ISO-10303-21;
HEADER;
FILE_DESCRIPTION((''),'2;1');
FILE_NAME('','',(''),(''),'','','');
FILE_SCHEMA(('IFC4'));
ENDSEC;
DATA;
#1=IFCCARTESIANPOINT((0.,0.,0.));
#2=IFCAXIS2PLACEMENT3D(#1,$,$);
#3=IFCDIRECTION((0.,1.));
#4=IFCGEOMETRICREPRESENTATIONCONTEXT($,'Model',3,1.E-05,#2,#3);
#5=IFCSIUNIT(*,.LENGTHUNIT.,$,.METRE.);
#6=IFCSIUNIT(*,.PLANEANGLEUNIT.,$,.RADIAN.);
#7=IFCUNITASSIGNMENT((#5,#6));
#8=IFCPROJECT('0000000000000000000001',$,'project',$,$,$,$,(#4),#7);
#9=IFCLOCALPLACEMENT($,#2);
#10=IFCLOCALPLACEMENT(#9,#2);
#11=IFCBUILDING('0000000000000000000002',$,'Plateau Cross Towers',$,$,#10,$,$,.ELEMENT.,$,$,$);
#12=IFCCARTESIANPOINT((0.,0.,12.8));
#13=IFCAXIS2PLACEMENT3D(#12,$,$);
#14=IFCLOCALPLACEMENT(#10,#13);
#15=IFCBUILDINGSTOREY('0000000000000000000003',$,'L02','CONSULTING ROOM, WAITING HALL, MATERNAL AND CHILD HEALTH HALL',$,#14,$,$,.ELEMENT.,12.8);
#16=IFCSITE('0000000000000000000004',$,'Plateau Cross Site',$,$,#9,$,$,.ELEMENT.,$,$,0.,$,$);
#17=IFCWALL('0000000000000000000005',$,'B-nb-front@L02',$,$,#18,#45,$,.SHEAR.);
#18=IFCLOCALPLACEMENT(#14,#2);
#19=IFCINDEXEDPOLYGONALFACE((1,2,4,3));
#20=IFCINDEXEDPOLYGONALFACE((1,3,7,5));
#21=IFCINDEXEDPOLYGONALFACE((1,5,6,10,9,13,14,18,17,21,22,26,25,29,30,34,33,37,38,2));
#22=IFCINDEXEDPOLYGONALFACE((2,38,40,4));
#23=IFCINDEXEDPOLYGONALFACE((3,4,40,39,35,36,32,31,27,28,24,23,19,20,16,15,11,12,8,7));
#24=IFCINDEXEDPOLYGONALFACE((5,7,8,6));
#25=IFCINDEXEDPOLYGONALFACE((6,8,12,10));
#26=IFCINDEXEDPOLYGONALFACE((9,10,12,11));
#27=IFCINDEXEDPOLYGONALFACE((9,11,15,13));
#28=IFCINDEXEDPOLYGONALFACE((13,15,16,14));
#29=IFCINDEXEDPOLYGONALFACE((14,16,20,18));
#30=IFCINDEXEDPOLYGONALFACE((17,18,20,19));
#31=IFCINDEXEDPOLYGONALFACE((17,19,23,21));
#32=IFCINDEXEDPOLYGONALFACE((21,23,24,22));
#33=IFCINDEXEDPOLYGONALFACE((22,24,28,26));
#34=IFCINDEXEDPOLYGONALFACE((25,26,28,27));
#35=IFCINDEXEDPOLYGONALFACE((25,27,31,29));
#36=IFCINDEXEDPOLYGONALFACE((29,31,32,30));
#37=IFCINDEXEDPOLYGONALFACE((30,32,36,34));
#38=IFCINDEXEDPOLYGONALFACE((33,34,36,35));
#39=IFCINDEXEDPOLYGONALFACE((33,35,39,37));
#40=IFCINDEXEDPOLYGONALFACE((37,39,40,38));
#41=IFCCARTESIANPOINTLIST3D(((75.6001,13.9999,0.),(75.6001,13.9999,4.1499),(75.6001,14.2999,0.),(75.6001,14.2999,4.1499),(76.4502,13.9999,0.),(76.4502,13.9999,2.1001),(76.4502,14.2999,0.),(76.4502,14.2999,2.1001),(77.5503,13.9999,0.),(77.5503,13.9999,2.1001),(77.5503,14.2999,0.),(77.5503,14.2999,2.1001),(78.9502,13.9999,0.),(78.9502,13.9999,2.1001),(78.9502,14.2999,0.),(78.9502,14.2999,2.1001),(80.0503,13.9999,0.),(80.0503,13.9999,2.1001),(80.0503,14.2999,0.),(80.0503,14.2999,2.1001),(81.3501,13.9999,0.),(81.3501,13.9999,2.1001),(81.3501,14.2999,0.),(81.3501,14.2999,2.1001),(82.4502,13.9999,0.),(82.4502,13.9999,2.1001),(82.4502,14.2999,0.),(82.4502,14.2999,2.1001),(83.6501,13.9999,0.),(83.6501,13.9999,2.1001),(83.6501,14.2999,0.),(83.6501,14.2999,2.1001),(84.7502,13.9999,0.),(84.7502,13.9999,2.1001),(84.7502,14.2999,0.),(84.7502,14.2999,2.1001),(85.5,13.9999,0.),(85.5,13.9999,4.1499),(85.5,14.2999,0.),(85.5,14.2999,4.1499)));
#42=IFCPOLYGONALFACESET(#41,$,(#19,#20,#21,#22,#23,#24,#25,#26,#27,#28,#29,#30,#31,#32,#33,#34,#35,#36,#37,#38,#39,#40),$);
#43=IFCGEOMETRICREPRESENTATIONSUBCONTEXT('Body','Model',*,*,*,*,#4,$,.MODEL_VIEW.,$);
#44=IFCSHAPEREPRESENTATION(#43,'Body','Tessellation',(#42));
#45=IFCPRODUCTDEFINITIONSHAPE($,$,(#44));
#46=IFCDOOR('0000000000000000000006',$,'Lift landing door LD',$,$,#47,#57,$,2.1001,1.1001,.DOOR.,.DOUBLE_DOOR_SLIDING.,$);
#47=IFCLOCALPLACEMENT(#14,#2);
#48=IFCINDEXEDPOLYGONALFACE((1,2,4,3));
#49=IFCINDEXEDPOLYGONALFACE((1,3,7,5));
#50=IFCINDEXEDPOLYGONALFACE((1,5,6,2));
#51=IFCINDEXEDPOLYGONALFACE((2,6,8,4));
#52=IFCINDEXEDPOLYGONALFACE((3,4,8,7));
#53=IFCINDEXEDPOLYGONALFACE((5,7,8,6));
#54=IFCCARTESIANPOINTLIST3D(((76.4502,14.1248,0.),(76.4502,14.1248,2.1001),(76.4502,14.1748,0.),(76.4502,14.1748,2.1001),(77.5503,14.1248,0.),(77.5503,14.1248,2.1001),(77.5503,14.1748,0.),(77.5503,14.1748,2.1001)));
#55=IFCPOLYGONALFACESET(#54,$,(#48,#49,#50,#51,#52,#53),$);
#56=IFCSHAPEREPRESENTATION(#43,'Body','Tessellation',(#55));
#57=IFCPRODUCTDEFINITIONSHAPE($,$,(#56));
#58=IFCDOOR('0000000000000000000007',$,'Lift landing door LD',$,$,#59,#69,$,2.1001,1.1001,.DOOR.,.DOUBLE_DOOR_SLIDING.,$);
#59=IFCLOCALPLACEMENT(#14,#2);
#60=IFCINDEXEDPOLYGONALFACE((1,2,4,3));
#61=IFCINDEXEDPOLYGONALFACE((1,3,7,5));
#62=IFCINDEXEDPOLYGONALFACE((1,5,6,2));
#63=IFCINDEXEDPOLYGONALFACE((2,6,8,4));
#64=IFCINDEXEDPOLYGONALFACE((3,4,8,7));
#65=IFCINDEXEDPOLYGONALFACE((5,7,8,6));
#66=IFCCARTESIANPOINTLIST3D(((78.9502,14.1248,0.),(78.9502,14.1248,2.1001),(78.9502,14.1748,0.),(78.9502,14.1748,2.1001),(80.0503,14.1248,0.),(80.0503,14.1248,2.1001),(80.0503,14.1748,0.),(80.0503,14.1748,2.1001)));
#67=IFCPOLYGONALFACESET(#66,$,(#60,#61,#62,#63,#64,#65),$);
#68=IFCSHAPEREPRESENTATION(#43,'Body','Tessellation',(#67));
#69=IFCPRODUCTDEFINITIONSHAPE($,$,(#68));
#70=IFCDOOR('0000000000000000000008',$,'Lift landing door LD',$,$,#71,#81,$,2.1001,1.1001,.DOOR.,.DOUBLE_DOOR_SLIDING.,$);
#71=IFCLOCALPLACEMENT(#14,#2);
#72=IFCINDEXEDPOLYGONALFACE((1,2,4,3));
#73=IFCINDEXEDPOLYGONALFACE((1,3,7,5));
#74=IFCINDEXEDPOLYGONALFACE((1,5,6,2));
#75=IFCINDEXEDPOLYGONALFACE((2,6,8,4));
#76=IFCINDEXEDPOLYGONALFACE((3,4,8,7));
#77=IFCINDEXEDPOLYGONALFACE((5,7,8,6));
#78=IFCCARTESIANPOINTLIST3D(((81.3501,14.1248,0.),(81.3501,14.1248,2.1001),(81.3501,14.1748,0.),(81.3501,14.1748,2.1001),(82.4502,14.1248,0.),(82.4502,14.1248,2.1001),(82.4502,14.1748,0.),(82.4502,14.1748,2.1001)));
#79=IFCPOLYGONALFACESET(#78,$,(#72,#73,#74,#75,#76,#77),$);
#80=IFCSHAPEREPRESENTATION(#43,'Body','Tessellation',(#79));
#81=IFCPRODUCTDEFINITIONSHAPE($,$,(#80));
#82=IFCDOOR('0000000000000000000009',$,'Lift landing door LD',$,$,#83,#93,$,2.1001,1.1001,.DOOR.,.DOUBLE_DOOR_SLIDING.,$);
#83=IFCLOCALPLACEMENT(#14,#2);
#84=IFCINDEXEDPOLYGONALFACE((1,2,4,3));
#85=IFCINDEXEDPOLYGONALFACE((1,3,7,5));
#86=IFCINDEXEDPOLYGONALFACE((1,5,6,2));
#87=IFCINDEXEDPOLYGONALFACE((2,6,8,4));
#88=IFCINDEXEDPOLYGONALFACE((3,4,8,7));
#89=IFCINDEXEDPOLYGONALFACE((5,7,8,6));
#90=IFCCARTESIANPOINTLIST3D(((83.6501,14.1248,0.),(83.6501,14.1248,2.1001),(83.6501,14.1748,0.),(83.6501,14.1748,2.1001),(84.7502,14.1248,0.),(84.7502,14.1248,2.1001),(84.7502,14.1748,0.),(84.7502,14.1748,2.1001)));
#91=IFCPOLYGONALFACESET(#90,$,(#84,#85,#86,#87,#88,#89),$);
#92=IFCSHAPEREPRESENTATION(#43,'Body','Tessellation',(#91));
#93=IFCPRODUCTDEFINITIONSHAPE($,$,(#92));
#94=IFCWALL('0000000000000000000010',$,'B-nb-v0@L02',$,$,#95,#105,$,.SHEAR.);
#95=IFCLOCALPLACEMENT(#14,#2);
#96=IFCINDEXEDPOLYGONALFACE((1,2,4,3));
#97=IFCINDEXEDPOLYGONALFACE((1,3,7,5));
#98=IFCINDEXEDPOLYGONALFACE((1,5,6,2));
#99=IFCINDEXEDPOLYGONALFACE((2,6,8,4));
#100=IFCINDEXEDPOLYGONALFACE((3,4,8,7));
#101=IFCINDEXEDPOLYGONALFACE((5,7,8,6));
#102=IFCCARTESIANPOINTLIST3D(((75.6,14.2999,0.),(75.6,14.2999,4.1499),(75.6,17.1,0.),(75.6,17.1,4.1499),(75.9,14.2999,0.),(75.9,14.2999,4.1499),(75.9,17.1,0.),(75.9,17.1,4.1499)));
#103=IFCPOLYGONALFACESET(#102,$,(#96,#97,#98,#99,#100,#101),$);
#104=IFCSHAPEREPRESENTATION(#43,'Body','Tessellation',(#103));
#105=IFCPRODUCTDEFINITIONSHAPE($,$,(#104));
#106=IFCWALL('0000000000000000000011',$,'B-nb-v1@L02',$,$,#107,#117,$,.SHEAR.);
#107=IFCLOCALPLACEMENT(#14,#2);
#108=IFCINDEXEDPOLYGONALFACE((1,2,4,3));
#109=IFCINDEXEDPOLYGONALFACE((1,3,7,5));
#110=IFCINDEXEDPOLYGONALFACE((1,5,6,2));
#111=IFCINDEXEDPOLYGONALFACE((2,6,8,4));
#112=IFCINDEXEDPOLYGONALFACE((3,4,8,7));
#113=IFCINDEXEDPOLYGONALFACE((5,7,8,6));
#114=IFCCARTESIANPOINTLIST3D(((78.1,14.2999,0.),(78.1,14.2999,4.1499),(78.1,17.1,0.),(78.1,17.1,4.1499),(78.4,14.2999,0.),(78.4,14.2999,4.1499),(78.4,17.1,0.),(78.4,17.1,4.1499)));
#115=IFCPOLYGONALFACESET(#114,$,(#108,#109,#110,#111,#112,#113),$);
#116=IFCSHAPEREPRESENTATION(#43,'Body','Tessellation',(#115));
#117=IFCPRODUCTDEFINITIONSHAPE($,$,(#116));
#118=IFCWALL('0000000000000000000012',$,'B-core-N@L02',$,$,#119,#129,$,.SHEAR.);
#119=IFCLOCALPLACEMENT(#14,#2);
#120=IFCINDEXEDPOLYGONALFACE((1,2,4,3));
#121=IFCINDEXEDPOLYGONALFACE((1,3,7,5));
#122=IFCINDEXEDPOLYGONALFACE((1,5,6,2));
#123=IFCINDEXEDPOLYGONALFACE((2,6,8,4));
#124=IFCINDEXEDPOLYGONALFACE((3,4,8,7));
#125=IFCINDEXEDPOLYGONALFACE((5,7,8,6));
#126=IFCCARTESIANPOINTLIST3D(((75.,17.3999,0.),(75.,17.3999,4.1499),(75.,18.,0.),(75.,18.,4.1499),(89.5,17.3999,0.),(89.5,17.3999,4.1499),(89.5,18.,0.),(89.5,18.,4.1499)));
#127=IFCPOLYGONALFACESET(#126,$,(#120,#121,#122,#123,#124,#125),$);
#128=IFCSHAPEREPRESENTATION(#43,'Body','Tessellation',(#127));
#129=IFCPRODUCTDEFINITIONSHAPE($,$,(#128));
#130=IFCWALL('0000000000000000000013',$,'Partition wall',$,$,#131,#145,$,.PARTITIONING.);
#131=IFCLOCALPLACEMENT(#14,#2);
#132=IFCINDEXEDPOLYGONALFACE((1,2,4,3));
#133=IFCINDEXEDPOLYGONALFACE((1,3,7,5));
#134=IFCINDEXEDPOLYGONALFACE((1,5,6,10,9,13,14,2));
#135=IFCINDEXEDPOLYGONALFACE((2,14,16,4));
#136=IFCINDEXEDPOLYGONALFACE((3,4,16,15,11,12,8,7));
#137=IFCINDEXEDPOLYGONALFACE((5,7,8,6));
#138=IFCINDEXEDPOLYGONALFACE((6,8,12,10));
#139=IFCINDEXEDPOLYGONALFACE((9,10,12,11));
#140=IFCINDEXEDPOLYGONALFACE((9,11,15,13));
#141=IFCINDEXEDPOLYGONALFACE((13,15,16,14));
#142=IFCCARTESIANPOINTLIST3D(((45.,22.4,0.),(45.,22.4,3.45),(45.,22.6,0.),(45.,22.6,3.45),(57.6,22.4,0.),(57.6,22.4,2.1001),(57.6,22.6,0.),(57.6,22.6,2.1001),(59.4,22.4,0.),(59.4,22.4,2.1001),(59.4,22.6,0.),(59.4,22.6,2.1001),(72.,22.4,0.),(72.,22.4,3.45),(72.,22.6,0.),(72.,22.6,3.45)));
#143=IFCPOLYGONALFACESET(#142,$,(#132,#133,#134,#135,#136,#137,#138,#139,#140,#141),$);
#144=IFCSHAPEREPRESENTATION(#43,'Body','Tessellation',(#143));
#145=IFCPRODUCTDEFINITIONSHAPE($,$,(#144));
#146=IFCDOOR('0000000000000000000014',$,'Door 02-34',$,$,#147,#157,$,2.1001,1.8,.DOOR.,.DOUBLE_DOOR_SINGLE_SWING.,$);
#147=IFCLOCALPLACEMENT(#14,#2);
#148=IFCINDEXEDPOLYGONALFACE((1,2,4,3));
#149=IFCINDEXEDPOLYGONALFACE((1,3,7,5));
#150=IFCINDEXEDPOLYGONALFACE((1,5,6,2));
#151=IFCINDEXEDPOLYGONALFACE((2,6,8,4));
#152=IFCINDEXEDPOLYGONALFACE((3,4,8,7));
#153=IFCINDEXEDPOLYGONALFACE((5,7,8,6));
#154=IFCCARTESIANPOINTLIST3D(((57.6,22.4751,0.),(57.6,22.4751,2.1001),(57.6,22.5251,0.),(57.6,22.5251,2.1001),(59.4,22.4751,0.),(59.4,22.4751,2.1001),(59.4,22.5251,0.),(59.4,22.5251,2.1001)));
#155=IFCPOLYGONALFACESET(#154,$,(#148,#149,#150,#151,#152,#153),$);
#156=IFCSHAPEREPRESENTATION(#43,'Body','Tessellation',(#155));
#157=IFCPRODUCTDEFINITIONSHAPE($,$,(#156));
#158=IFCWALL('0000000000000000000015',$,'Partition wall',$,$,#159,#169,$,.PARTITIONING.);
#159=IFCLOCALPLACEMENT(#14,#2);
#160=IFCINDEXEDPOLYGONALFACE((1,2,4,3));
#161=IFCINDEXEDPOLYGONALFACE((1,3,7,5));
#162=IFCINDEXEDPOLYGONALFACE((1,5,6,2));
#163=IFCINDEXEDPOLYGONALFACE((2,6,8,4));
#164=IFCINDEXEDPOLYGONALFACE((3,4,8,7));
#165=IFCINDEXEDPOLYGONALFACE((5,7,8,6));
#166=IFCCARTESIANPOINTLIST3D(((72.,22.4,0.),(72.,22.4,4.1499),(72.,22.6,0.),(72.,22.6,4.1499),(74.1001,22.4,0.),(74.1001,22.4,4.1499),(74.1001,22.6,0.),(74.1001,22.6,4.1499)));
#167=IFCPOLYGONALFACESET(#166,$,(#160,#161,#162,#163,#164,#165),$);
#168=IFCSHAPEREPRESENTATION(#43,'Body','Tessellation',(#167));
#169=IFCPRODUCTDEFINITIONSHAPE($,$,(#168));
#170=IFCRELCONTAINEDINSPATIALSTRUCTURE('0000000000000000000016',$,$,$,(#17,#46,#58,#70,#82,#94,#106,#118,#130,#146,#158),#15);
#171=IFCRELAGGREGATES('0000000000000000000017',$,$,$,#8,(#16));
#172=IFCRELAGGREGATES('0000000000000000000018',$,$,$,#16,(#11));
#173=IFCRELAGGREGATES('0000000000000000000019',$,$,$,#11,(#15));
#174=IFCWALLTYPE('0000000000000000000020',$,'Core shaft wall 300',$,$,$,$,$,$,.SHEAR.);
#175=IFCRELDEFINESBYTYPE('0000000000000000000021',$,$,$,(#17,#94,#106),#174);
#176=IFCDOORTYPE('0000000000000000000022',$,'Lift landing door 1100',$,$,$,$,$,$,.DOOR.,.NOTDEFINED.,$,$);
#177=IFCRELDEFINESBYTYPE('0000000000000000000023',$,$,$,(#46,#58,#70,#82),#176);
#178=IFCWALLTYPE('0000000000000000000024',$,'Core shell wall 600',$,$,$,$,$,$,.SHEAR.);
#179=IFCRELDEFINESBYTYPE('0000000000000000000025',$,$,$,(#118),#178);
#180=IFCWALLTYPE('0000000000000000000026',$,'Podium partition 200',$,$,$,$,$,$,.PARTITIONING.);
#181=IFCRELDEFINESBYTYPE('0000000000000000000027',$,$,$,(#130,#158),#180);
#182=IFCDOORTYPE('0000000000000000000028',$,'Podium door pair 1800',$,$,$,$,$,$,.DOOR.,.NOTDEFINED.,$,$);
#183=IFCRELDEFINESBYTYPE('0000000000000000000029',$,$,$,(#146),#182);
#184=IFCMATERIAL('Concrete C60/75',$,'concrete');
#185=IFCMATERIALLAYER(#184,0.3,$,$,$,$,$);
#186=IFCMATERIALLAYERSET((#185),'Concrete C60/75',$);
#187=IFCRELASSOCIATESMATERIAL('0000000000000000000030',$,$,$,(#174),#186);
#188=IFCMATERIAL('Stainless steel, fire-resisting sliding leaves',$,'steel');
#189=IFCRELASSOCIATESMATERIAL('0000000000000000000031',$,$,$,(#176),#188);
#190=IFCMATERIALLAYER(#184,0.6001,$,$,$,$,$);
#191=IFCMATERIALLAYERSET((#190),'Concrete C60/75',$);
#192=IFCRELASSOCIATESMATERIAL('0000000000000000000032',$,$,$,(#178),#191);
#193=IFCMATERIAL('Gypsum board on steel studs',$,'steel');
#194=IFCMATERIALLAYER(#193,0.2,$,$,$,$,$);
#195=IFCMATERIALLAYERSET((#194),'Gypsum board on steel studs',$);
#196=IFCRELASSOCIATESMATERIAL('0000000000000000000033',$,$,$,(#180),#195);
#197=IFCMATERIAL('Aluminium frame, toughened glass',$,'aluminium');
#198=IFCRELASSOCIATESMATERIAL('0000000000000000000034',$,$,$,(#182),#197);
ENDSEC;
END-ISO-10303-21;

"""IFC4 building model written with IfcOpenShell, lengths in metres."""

from ifc_helpers import new_model, si_unit, direction, frame, frame_2d, origin, place, context, subcontext, project, spatial, rectangle, extrude, material, layer, layer_set, type_object, element, fill, save


model = new_model("IFC4")

# Units and contexts
model_context = context("Model", 3, precision=1e-05, world=origin(), true_north=direction((0.0, 1.0)))
body_context = subcontext(model_context, "Body", "Model", "MODEL_VIEW")
ifc_project = project(units=[si_unit("LENGTHUNIT", "METRE"), si_unit("PLANEANGLEUNIT", "RADIAN")], contexts=[model_context])

# Site, building, storey
site_placement = place(None, origin())
site = spatial("IfcSite", under=ifc_project, at=site_placement, Name="Plateau Cross Site", CompositionType="ELEMENT", RefElevation=0.0)
building_placement = place(site_placement, origin())
building = spatial("IfcBuilding", under=site, at=building_placement, Name="Plateau Cross Towers", CompositionType="ELEMENT")
storey_placement = place(building_placement, frame((0.0, 0.0, 12.8)))
storey = spatial("IfcBuildingStorey", under=building, at=storey_placement, Name="L02", Description="CONSULTING ROOM, WAITING HALL, MATERNAL AND CHILD HEALTH HALL", CompositionType="ELEMENT", Elevation=12.8)

# Shared definitions
ifc_material_1 = material(Name="Concrete C60/75", Category="concrete")

# Shared definitions
ifc_layer_1 = layer(ifc_material_1, 0.3)
ifc_layer_set_1 = layer_set([ifc_layer_1], Name="Concrete C60/75")
wall_type_1 = type_object("IfcWallType", Name="Core shaft wall 300", PredefinedType="SHEAR", material=ifc_layer_set_1)

# Wall, openings, doors
wall_1_placement = place(storey_placement, frame((75.6001, 14.1499, 0.0), z_axis=(0.0, 0.0, 1.0), x_axis=(1.0, 0.0, 0.0)))
wall_1 = element("IfcWall", 1, at=wall_1_placement, inside=storey, type_object=wall_type_1, Name="B-nb-front@L02", PredefinedType="SHEAR", context=body_context, shape_type="SweptSolid", body=[
    extrude(rectangle(XDim=9.8999, YDim=0.3, at=frame_2d((4.95, 0.0))), origin(), (0.0, 0.0, 1.0), 4.1499),
])
opening_1_placement = place(wall_1_placement, frame((0.8501, 0.0, 0.0)))
opening_1 = element("IfcOpeningElement", 2, at=opening_1_placement, cuts=wall_1, PredefinedType="OPENING", context=body_context, shape_type="SweptSolid", body=[
    extrude(rectangle(XDim=1.1001, YDim=2.1001, at=frame_2d((0.55, 1.05))), frame((0.0, 0.1599, 0.0), z_axis=(0.0, -1.0, 0.0), x_axis=(1.0, 0.0, 0.0)), (0.0, 0.0, 1.0), 0.3201),
])
opening_2_placement = place(wall_1_placement, frame((3.3501, 0.0, 0.0)))
opening_2 = element("IfcOpeningElement", 3, at=opening_2_placement, cuts=wall_1, PredefinedType="OPENING", context=body_context, shape_type="SweptSolid", body=[
    extrude(rectangle(XDim=1.1001, YDim=2.1001, at=frame_2d((0.55, 1.05))), frame((0.0, 0.1599, 0.0), z_axis=(0.0, -1.0, 0.0), x_axis=(1.0, 0.0, 0.0)), (0.0, 0.0, 1.0), 0.3201),
])
opening_3_placement = place(wall_1_placement, frame((5.75, 0.0, 0.0)))
opening_3 = element("IfcOpeningElement", 4, at=opening_3_placement, cuts=wall_1, PredefinedType="OPENING", context=body_context, shape_type="SweptSolid", body=[
    extrude(rectangle(XDim=1.1001, YDim=2.1001, at=frame_2d((0.55, 1.05))), frame((0.0, 0.1599, 0.0), z_axis=(0.0, -1.0, 0.0), x_axis=(1.0, 0.0, 0.0)), (0.0, 0.0, 1.0), 0.3201),
])
opening_4_placement = place(wall_1_placement, frame((8.05, 0.0, 0.0)))
opening_4 = element("IfcOpeningElement", 5, at=opening_4_placement, cuts=wall_1, PredefinedType="OPENING", context=body_context, shape_type="SweptSolid", body=[
    extrude(rectangle(XDim=1.1001, YDim=2.1001, at=frame_2d((0.55, 1.05))), frame((0.0, 0.1599, 0.0), z_axis=(0.0, -1.0, 0.0), x_axis=(1.0, 0.0, 0.0)), (0.0, 0.0, 1.0), 0.3201),
])
ifc_material_2 = material(Name="Stainless steel, fire-resisting sliding leaves", Category="steel")
door_type_1 = type_object("IfcDoorType", Name="Lift landing door 1100", OperationType="NOTDEFINED", PredefinedType="DOOR", material=ifc_material_2)
door_1_placement = place(opening_1_placement, origin())
door_1 = element("IfcDoor", 6, at=door_1_placement, inside=storey, type_object=door_type_1, Name="Lift landing door LD", OperationType="DOUBLE_DOOR_SLIDING", OverallHeight=2.1001, OverallWidth=1.1001, PredefinedType="DOOR", context=body_context, shape_type="SweptSolid", body=[
    extrude(rectangle(XDim=1.1001, YDim=2.1001, at=frame_2d((0.55, 1.05))), frame((0.0, 0.0249, 0.0), z_axis=(0.0, -1.0, 0.0), x_axis=(1.0, 0.0, 0.0)), (0.0, 0.0, 1.0), 0.05),
])
fill(opening_1, door_1)
door_2_placement = place(opening_2_placement, origin())
door_2 = element("IfcDoor", 7, at=door_2_placement, inside=storey, type_object=door_type_1, Name="Lift landing door LD", OperationType="DOUBLE_DOOR_SLIDING", OverallHeight=2.1001, OverallWidth=1.1001, PredefinedType="DOOR", context=body_context, shape_type="SweptSolid", body=[
    extrude(rectangle(XDim=1.1001, YDim=2.1001, at=frame_2d((0.55, 1.05))), frame((0.0, 0.0249, 0.0), z_axis=(0.0, -1.0, 0.0), x_axis=(1.0, 0.0, 0.0)), (0.0, 0.0, 1.0), 0.05),
])
fill(opening_2, door_2)
door_3_placement = place(opening_3_placement, origin())
door_3 = element("IfcDoor", 8, at=door_3_placement, inside=storey, type_object=door_type_1, Name="Lift landing door LD", OperationType="DOUBLE_DOOR_SLIDING", OverallHeight=2.1001, OverallWidth=1.1001, PredefinedType="DOOR", context=body_context, shape_type="SweptSolid", body=[
    extrude(rectangle(XDim=1.1001, YDim=2.1001, at=frame_2d((0.55, 1.05))), frame((0.0, 0.0249, 0.0), z_axis=(0.0, -1.0, 0.0), x_axis=(1.0, 0.0, 0.0)), (0.0, 0.0, 1.0), 0.05),
])
fill(opening_3, door_3)
door_4_placement = place(opening_4_placement, origin())
door_4 = element("IfcDoor", 9, at=door_4_placement, inside=storey, type_object=door_type_1, Name="Lift landing door LD", OperationType="DOUBLE_DOOR_SLIDING", OverallHeight=2.1001, OverallWidth=1.1001, PredefinedType="DOOR", context=body_context, shape_type="SweptSolid", body=[
    extrude(rectangle(XDim=1.1001, YDim=2.1001, at=frame_2d((0.55, 1.05))), frame((0.0, 0.0249, 0.0), z_axis=(0.0, -1.0, 0.0), x_axis=(1.0, 0.0, 0.0)), (0.0, 0.0, 1.0), 0.05),
])
fill(opening_4, door_4)

# Walls
for number, where, z_axis, x_axis, name in (
    (10, (75.75, 14.3, 0.0), (0.0, 0.0, 1.0), (0.0, 1.0, 0.0), "B-nb-v0@L02"),
    (11, (78.25, 14.3, 0.0), (0.0, 0.0, 1.0), (0.0, 1.0, 0.0), "B-nb-v1@L02"),
):
    element("IfcWall", number, at=place(storey_placement, frame(where, z_axis=z_axis, x_axis=x_axis)), inside=storey, type_object=wall_type_1, Name=name, PredefinedType="SHEAR", context=body_context, shape_type="SweptSolid", body=[
        extrude(rectangle(XDim=2.8, YDim=0.3, at=frame_2d((1.3999, 0.0))), origin(), (0.0, 0.0, 1.0), 4.1499),
    ])
ifc_layer_2 = layer(ifc_material_1, 0.6001)
ifc_layer_set_2 = layer_set([ifc_layer_2], Name="Concrete C60/75")
wall_type_2 = type_object("IfcWallType", Name="Core shell wall 600", PredefinedType="SHEAR", material=ifc_layer_set_2)
wall_2_placement = place(storey_placement, frame((75.0, 17.7, 0.0), z_axis=(0.0, 0.0, 1.0), x_axis=(1.0, 0.0, 0.0)))
element("IfcWall", 12, at=wall_2_placement, inside=storey, type_object=wall_type_2, Name="B-core-N@L02", PredefinedType="SHEAR", context=body_context, shape_type="SweptSolid", body=[
    extrude(rectangle(XDim=14.5, YDim=0.6001, at=frame_2d((7.25, 0.0))), origin(), (0.0, 0.0, 1.0), 4.1499),
])

# Wall, opening, door
ifc_material_3 = material(Name="Gypsum board on steel studs", Category="steel")
ifc_layer_3 = layer(ifc_material_3, 0.2)
ifc_layer_set_3 = layer_set([ifc_layer_3], Name="Gypsum board on steel studs")
wall_type_3 = type_object("IfcWallType", Name="Podium partition 200", PredefinedType="PARTITIONING", material=ifc_layer_set_3)
wall_3_placement = place(storey_placement, frame((72.0, 22.5, 0.0), z_axis=(0.0, 0.0, 1.0), x_axis=(-1.0, 0.0, 0.0)))
wall_3 = element("IfcWall", 13, at=wall_3_placement, inside=storey, type_object=wall_type_3, Name="Partition wall", PredefinedType="PARTITIONING", context=body_context, shape_type="SweptSolid", body=[
    extrude(rectangle(XDim=27.0, YDim=0.2, at=frame_2d((13.5, 0.0))), origin(), (0.0, 0.0, 1.0), 3.45),
])
opening_5_placement = place(wall_3_placement, frame((12.6001, 0.0, 0.0)))
opening_5 = element("IfcOpeningElement", 14, at=opening_5_placement, cuts=wall_3, PredefinedType="OPENING", context=body_context, shape_type="SweptSolid", body=[
    extrude(rectangle(XDim=1.8, YDim=2.1001, at=frame_2d((0.8999, 1.05))), frame((0.0, 0.1099, 0.0), z_axis=(0.0, -1.0, 0.0), x_axis=(1.0, 0.0, 0.0)), (0.0, 0.0, 1.0), 0.22),
])
ifc_material_4 = material(Name="Aluminium frame, toughened glass", Category="aluminium")
door_type_2 = type_object("IfcDoorType", Name="Podium door pair 1800", OperationType="NOTDEFINED", PredefinedType="DOOR", material=ifc_material_4)
door_5_placement = place(opening_5_placement, origin())
door_5 = element("IfcDoor", 15, at=door_5_placement, inside=storey, type_object=door_type_2, Name="Door 02-34", OperationType="DOUBLE_DOOR_SINGLE_SWING", OverallHeight=2.1001, OverallWidth=1.8, PredefinedType="DOOR", context=body_context, shape_type="SweptSolid", body=[
    extrude(rectangle(XDim=1.8, YDim=2.1001, at=frame_2d((0.8999, 1.05))), frame((0.0, 0.0249, 0.0), z_axis=(0.0, -1.0, 0.0), x_axis=(1.0, 0.0, 0.0)), (0.0, 0.0, 1.0), 0.05),
])
fill(opening_5, door_5)

# Wall
wall_4_placement = place(storey_placement, frame((74.1001, 22.5, 0.0), z_axis=(0.0, 0.0, 1.0), x_axis=(-1.0, 0.0, 0.0)))
element("IfcWall", 16, at=wall_4_placement, inside=storey, type_object=wall_type_3, Name="Partition wall", PredefinedType="PARTITIONING", context=body_context, shape_type="SweptSolid", body=[
    extrude(rectangle(XDim=2.1001, YDim=0.2, at=frame_2d((1.05, 0.0))), origin(), (0.0, 0.0, 1.0), 4.1499),
])

save(model, "model.ifc")
